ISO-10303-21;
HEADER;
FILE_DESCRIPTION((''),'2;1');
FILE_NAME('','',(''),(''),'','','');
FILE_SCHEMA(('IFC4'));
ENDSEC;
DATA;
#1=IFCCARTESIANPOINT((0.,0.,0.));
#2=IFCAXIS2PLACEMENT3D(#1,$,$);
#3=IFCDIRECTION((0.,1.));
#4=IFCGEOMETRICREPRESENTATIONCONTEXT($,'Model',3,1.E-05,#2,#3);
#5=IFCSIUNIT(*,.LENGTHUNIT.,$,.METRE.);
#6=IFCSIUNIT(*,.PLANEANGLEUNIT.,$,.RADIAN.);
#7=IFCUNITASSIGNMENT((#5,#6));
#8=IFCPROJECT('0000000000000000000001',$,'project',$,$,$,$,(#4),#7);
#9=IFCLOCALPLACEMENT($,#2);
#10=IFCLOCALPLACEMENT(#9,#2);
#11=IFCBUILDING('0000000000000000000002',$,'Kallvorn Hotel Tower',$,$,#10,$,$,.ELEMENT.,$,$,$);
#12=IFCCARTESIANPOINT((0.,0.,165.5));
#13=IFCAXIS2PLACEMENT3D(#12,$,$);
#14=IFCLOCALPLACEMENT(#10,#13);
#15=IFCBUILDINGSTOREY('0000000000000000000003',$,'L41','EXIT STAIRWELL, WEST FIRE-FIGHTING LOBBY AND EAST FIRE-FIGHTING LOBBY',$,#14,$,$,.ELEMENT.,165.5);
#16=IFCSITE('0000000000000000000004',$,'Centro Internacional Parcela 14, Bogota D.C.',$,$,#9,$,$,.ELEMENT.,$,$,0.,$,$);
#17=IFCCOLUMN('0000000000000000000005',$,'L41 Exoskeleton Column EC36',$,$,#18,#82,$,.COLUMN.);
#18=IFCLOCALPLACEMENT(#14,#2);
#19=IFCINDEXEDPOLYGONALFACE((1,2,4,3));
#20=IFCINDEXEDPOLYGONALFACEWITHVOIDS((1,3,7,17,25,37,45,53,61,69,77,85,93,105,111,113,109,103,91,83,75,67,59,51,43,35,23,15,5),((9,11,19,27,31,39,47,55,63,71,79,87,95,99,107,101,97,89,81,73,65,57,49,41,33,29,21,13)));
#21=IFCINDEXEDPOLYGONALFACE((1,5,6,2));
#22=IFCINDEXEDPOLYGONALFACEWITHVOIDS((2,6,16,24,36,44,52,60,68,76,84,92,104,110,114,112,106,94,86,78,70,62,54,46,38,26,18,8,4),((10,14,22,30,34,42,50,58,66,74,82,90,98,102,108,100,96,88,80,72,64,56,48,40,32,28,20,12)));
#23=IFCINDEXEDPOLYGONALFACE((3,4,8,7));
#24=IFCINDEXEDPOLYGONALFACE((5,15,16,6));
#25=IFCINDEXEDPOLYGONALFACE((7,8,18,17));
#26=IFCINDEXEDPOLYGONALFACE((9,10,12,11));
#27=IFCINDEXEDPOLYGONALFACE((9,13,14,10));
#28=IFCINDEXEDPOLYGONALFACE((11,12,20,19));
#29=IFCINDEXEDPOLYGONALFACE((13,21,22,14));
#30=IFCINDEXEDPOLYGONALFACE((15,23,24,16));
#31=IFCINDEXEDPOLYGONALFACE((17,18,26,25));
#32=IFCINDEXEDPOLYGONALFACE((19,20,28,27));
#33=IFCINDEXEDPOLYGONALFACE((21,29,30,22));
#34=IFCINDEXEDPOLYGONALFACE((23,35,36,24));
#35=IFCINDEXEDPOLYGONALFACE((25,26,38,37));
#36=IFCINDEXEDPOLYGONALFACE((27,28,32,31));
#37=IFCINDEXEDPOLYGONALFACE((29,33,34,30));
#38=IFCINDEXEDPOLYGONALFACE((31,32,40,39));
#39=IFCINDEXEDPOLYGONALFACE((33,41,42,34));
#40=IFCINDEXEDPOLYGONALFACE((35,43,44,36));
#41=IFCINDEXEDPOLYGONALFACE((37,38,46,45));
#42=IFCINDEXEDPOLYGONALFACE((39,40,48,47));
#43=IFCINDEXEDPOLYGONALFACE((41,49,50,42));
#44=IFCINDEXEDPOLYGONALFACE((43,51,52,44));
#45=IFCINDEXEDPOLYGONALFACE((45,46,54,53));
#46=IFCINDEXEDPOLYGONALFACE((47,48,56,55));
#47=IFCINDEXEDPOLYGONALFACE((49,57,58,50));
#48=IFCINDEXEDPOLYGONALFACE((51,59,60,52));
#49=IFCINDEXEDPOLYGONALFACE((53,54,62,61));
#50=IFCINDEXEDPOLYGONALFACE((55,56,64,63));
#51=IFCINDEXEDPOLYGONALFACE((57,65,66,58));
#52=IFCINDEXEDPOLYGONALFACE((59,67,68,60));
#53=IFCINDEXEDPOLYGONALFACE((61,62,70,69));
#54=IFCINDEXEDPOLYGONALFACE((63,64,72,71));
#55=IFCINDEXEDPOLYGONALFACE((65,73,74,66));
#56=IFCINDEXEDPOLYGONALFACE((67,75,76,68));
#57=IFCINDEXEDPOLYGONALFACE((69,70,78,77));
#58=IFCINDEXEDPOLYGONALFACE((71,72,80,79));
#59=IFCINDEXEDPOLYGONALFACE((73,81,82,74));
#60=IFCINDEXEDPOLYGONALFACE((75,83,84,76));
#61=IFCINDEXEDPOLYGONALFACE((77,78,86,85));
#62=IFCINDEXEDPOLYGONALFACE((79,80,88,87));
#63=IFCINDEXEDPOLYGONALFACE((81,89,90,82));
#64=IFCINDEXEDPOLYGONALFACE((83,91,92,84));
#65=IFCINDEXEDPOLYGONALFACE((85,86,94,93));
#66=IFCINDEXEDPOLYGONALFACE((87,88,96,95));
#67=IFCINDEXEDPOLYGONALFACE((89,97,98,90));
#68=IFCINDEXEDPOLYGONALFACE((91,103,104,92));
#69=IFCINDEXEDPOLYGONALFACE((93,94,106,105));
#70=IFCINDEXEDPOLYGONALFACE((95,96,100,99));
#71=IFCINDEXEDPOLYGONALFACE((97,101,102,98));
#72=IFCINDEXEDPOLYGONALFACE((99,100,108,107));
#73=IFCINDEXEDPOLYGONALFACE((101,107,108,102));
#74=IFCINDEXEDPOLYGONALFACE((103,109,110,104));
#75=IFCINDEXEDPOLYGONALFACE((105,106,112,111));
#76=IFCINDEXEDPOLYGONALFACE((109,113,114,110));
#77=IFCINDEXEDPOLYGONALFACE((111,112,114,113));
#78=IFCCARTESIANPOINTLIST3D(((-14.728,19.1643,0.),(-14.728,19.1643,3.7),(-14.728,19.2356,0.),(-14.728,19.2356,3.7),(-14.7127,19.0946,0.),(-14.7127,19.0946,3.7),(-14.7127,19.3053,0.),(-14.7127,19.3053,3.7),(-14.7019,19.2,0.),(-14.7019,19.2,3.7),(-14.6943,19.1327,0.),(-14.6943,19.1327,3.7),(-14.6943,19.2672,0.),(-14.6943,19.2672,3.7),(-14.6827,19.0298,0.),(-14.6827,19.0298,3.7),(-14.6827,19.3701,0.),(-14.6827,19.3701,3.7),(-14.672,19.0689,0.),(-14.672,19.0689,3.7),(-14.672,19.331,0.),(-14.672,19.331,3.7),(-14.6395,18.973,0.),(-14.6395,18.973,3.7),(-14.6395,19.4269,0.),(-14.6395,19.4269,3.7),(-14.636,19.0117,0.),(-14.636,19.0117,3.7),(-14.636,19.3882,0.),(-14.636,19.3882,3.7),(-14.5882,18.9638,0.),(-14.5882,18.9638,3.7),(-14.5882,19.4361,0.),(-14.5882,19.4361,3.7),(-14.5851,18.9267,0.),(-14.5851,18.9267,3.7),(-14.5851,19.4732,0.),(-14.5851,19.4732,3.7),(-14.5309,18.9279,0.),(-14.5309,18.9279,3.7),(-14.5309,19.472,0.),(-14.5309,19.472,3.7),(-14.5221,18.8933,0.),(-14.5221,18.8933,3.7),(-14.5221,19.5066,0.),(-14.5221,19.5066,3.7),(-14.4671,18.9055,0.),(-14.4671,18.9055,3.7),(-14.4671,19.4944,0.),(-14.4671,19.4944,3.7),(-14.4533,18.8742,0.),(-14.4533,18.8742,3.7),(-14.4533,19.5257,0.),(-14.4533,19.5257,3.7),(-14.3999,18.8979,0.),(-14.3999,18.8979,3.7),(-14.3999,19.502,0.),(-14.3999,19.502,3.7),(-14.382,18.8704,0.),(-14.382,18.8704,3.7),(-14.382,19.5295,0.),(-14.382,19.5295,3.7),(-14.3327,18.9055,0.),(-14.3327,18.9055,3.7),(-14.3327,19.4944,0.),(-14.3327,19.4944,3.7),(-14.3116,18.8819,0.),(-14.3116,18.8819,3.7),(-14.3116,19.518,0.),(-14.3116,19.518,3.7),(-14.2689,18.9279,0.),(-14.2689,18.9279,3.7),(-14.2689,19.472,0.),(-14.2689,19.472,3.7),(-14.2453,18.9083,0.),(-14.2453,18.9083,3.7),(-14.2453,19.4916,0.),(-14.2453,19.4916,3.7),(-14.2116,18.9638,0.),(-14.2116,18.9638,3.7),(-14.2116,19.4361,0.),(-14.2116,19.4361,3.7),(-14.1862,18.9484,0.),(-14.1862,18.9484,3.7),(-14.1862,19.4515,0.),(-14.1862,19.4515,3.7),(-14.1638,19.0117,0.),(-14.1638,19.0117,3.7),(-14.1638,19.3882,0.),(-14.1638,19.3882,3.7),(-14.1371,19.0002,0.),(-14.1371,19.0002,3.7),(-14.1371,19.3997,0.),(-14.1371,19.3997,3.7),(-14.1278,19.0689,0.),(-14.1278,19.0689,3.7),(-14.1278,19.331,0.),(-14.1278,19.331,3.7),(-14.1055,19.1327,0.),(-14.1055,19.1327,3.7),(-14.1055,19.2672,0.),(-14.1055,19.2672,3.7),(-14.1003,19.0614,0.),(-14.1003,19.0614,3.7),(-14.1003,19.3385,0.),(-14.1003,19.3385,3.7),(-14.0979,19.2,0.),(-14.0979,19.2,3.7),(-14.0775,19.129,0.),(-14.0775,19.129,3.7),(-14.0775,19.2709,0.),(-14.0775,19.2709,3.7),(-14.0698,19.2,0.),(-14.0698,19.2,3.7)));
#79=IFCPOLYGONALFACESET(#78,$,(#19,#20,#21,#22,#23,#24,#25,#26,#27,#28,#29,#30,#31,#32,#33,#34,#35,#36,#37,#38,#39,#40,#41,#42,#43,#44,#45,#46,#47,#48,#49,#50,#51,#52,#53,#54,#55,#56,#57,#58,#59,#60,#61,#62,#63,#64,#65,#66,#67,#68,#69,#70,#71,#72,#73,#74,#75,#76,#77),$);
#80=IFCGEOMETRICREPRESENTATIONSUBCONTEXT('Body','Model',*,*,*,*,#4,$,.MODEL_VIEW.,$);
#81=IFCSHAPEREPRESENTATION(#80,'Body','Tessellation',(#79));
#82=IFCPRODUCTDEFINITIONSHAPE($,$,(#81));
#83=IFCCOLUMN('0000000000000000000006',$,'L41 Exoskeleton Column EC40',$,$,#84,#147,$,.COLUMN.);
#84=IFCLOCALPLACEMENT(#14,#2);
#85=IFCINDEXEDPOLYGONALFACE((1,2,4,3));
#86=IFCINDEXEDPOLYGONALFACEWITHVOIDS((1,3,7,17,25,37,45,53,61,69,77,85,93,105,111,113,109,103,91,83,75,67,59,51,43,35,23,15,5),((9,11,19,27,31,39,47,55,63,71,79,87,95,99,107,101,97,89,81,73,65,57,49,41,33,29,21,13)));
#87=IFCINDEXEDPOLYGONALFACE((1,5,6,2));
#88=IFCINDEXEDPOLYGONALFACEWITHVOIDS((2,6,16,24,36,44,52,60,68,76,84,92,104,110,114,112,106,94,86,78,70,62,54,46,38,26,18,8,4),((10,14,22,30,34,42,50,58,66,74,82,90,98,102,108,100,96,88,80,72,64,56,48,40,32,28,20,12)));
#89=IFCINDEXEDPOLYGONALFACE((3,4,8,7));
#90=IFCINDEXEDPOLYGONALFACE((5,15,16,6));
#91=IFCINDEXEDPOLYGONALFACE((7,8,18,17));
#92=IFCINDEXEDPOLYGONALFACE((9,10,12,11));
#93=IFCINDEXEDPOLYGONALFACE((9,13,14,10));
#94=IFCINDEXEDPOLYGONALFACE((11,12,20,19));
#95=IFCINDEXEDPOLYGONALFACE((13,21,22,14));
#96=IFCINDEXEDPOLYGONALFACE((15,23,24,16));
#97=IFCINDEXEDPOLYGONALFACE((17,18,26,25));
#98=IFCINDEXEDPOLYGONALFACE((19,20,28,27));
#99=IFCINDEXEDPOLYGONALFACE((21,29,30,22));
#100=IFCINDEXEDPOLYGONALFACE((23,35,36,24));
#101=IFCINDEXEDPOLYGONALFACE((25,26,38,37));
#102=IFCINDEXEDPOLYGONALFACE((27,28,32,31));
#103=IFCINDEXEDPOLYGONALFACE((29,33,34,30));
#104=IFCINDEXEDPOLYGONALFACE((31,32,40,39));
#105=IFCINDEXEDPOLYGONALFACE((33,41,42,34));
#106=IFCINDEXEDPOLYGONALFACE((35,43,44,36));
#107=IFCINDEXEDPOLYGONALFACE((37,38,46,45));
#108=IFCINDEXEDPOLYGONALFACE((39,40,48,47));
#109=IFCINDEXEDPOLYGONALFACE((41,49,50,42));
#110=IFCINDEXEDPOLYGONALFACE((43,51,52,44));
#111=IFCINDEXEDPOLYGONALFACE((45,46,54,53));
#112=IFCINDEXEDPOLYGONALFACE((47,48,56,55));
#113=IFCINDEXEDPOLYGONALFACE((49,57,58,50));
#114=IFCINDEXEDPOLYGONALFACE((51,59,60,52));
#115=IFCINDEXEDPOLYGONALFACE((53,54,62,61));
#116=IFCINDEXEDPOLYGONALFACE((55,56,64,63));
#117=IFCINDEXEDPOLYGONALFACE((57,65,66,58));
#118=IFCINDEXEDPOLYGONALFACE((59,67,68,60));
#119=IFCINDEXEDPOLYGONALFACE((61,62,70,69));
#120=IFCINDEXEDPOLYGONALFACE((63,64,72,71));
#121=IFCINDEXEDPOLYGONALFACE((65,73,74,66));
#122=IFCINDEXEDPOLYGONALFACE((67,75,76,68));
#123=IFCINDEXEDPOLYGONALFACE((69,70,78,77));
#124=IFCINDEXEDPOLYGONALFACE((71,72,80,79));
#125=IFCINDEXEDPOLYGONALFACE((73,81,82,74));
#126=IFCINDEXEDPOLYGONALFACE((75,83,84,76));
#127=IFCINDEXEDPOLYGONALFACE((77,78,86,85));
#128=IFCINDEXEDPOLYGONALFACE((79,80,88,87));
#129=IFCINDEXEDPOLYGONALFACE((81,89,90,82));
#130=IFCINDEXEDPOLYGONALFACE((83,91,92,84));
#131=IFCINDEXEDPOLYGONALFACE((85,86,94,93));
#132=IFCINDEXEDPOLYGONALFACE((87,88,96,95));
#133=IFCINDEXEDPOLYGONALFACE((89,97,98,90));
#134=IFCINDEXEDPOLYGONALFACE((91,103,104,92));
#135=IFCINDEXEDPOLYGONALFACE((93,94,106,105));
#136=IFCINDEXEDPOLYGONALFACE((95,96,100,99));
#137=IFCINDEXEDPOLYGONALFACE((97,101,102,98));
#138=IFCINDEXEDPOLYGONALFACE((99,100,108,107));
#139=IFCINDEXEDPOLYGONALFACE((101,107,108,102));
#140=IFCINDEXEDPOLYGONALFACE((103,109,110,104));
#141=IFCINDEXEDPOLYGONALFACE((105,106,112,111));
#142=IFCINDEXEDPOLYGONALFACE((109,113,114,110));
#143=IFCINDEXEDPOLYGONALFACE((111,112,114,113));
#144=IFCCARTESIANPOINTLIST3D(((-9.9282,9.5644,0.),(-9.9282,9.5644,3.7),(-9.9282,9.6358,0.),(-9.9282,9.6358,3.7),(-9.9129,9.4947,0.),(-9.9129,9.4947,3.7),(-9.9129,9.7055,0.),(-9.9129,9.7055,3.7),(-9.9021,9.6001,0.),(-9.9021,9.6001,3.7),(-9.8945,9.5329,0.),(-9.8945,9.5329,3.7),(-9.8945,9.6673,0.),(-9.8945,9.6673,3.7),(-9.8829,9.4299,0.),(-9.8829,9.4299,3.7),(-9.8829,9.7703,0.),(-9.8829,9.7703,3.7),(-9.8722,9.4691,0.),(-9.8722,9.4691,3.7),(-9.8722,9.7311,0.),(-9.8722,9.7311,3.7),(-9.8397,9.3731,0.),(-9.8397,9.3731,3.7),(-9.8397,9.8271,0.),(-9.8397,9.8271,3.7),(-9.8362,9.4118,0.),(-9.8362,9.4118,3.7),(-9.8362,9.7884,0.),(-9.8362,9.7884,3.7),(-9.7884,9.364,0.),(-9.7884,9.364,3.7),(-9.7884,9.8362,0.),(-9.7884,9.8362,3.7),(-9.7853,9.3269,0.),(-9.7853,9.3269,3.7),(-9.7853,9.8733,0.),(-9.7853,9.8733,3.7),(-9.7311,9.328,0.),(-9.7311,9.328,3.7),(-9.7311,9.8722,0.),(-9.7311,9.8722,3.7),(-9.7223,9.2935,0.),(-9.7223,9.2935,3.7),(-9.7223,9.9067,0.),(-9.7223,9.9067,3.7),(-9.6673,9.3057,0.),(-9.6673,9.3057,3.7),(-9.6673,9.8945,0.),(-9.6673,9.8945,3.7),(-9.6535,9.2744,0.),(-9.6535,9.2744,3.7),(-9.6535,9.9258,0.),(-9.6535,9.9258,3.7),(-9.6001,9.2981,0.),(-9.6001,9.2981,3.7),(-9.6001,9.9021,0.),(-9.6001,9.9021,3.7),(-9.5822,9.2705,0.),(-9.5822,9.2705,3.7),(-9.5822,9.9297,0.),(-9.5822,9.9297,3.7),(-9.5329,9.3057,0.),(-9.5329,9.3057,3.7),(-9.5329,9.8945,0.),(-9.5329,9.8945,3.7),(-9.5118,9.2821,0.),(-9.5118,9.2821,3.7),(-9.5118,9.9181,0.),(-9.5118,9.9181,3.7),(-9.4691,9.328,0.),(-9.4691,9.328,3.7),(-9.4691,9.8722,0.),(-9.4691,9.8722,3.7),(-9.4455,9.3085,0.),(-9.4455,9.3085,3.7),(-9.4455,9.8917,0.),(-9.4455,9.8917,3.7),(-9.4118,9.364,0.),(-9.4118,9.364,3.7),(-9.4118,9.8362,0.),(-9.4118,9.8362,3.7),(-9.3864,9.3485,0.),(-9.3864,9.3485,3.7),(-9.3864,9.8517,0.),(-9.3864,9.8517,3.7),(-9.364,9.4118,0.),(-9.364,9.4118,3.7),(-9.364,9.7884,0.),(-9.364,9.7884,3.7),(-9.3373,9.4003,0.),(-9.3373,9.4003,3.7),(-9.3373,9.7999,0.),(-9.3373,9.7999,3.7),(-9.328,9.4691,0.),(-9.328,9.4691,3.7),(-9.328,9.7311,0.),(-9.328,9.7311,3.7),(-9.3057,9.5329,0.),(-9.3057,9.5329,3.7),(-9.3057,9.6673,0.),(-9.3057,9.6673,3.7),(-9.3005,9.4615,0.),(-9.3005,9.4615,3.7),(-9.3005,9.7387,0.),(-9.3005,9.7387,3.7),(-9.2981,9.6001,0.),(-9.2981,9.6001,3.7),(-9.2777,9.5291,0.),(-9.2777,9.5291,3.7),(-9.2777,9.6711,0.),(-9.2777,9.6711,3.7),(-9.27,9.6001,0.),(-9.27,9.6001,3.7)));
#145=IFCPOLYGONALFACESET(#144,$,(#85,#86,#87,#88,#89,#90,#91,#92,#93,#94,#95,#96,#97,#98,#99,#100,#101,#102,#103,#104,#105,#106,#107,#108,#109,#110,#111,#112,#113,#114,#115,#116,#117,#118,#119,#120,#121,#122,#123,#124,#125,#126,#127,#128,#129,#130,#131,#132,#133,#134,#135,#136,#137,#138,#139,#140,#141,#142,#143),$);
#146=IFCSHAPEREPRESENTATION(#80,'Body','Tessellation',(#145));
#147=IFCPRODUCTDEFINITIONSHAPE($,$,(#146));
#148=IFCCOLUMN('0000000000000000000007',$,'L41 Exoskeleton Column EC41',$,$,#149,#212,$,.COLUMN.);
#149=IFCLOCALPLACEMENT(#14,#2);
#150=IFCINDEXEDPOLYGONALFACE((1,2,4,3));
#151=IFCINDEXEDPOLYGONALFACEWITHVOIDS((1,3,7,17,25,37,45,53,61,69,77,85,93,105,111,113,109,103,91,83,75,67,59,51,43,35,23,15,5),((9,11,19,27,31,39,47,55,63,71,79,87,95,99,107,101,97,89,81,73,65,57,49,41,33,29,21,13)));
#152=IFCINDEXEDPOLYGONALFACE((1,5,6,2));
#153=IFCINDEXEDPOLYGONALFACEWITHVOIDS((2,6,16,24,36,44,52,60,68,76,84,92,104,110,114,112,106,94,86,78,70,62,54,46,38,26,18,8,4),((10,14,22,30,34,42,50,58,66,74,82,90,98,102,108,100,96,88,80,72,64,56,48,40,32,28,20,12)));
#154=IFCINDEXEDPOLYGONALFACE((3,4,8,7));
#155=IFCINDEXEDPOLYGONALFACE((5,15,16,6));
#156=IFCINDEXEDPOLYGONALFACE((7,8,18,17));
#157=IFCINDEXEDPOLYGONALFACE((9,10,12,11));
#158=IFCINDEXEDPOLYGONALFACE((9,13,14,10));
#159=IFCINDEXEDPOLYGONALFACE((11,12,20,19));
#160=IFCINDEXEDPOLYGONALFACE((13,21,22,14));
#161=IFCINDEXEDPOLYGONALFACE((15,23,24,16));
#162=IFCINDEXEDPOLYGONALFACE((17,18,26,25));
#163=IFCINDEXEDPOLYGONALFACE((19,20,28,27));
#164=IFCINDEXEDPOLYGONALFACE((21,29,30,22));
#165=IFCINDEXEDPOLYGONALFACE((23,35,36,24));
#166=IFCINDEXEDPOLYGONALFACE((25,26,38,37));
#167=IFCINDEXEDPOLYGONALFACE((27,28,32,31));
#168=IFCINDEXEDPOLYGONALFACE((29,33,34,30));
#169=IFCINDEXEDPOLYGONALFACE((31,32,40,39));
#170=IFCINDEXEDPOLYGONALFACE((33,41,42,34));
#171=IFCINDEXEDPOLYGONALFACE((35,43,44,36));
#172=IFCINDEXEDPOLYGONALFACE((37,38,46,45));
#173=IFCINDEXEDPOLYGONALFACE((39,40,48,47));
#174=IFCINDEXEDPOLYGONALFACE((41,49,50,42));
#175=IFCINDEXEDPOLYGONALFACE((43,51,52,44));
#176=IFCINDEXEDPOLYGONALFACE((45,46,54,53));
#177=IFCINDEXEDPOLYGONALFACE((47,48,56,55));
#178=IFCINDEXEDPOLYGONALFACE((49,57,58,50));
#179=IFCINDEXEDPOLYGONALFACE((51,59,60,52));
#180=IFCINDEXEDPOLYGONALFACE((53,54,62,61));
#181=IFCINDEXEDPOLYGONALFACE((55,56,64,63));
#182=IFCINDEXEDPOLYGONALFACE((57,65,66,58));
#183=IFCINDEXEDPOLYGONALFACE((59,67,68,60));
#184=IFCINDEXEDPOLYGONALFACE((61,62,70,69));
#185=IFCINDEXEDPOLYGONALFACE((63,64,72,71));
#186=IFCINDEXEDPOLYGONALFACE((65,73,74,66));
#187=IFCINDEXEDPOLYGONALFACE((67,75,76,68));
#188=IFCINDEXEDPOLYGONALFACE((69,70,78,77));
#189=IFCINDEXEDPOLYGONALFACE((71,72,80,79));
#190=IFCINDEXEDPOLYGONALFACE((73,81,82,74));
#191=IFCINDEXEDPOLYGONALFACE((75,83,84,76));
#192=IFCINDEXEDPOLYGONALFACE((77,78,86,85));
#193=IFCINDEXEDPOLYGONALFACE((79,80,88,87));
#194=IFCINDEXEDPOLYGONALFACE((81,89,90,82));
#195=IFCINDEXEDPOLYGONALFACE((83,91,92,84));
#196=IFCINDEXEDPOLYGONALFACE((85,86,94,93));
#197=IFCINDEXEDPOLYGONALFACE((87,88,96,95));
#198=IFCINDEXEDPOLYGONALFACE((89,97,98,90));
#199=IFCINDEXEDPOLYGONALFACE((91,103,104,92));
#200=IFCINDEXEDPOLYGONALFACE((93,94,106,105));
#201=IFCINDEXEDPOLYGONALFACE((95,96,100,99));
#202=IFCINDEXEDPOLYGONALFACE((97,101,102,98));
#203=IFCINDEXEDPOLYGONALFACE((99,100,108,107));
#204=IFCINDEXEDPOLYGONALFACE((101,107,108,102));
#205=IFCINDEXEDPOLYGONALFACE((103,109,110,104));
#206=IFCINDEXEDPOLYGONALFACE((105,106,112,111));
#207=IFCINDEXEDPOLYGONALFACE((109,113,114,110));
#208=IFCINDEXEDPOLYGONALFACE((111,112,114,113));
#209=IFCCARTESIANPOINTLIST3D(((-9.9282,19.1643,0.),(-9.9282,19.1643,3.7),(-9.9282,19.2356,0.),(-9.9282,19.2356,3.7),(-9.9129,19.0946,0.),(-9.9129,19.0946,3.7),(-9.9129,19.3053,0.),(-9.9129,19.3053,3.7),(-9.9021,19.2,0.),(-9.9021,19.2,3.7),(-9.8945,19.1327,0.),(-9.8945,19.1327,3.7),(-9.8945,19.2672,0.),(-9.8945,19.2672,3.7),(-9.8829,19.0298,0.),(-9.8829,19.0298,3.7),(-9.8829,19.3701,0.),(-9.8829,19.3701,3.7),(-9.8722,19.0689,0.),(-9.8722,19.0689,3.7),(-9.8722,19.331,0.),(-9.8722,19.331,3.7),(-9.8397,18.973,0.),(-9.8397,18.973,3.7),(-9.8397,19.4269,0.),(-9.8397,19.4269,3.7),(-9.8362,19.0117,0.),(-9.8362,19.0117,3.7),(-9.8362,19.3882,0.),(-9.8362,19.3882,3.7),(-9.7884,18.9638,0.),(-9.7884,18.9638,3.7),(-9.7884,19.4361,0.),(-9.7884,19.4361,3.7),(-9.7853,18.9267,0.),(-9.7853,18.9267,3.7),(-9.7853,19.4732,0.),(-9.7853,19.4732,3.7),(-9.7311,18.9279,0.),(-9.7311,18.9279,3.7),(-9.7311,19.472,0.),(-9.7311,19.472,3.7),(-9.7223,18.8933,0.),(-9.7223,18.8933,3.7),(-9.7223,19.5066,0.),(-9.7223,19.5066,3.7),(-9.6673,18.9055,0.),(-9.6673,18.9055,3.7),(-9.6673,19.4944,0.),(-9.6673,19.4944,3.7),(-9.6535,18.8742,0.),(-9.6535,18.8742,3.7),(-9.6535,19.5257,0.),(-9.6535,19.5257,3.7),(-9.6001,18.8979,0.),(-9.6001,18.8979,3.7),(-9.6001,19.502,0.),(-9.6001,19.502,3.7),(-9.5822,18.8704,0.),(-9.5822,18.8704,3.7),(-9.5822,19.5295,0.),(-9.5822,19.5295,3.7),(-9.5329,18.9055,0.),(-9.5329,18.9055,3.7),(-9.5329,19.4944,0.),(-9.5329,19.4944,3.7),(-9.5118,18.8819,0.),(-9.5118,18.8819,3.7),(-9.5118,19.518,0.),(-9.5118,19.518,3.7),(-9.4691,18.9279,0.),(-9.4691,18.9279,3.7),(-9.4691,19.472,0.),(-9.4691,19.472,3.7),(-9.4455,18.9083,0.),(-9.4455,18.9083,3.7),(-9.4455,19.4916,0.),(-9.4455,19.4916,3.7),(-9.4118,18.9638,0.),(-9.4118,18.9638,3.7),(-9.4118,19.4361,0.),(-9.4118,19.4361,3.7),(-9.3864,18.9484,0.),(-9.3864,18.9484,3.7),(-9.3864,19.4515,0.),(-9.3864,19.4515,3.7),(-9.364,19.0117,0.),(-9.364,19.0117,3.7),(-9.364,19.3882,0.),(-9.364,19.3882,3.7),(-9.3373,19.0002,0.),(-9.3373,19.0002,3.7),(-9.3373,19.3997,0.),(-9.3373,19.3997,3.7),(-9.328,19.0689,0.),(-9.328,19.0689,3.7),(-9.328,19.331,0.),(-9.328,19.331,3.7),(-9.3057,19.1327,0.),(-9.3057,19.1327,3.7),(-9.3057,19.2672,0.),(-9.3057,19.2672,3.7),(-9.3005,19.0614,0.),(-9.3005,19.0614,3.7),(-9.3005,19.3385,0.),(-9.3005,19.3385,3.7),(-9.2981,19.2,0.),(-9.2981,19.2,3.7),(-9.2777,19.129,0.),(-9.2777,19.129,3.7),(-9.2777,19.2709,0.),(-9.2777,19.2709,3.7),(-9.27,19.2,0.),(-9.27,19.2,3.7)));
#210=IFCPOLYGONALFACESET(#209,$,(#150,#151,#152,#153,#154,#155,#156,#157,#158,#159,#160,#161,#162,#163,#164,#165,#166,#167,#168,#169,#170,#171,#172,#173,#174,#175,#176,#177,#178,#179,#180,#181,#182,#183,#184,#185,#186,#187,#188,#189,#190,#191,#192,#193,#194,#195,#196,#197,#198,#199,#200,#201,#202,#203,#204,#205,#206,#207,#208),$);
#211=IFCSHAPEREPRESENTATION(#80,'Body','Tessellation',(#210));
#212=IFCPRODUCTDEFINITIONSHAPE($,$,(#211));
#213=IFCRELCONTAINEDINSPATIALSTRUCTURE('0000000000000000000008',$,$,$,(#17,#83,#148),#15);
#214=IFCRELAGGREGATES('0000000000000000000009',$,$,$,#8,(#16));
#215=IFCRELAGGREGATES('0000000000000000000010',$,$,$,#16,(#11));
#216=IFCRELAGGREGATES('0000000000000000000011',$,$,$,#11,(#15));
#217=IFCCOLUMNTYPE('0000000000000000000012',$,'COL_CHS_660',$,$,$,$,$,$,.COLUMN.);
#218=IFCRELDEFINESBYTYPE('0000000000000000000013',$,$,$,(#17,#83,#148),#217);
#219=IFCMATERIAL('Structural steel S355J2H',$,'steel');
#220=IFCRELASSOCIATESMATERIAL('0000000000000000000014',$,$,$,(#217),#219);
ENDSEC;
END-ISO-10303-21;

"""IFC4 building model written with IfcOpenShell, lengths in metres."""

from ifc_helpers import new_model, si_unit, direction, frame, origin, origin_2d, place, context, subcontext, project, spatial, hollow_circle, extrude, material, material_profile, profile_set, type_object, element, save


model = new_model("IFC4")

# Units and contexts
model_context = context("Model", 3, precision=1e-05, world=origin(), true_north=direction((0.0, 1.0)))
body_context = subcontext(model_context, "Body", "Model", "MODEL_VIEW")
ifc_project = project(units=[si_unit("LENGTHUNIT", "METRE"), si_unit("PLANEANGLEUNIT", "RADIAN")], contexts=[model_context])

# Site, building, storey
site_placement = place(None, origin())
site = spatial("IfcSite", under=ifc_project, at=site_placement, Name="Centro Internacional Parcela 14, Bogota D.C.", CompositionType="ELEMENT", RefElevation=0.0)
building_placement = place(site_placement, origin())
building = spatial("IfcBuilding", under=site, at=building_placement, Name="Kallvorn Hotel Tower", CompositionType="ELEMENT")
storey_placement = place(building_placement, frame((0.0, 0.0, 165.5)))
storey = spatial("IfcBuildingStorey", under=building, at=storey_placement, Name="L41", Description="EXIT STAIRWELL, WEST FIRE-FIGHTING LOBBY AND EAST FIRE-FIGHTING LOBBY", CompositionType="ELEMENT", Elevation=165.5)

# Columns
ifc_material_1 = material(Name="Structural steel S355J2H", Category="steel")
ifc_material_profile_1 = material_profile(ifc_material_1, hollow_circle(Radius=0.3301, WallThickness=0.0281, at=origin_2d()), Name="CHS 660x28")
ifc_profile_set_1 = profile_set([ifc_material_profile_1], Name="Structural steel S355J2H")
column_type_1 = type_object("IfcColumnType", Name="COL_CHS_660", PredefinedType="COLUMN", material=ifc_profile_set_1)
for number, where, z_axis, x_axis, name in (
    (1, (-14.3999, 19.2, 0.0), (0.0, 0.0, 1.0), (1.0, 0.0, 0.0), "L41 Exoskeleton Column EC36"),
    (2, (-9.6001, 9.6001, 0.0), (0.0, 0.0, 1.0), (1.0, 0.0, 0.0), "L41 Exoskeleton Column EC40"),
    (3, (-9.6001, 19.2, 0.0), (0.0, 0.0, 1.0), (1.0, 0.0, 0.0), "L41 Exoskeleton Column EC41"),
):
    element("IfcColumn", number, at=place(storey_placement, frame(where, z_axis=z_axis, x_axis=x_axis)), inside=storey, type_object=column_type_1, Name=name, PredefinedType="COLUMN", context=body_context, shape_type="SweptSolid", body=[
        extrude(hollow_circle(Radius=0.3301, WallThickness=0.0281, at=origin_2d()), origin(), (0.0, 0.0, 1.0), 3.7),
    ])

save(model, "model.ifc")
